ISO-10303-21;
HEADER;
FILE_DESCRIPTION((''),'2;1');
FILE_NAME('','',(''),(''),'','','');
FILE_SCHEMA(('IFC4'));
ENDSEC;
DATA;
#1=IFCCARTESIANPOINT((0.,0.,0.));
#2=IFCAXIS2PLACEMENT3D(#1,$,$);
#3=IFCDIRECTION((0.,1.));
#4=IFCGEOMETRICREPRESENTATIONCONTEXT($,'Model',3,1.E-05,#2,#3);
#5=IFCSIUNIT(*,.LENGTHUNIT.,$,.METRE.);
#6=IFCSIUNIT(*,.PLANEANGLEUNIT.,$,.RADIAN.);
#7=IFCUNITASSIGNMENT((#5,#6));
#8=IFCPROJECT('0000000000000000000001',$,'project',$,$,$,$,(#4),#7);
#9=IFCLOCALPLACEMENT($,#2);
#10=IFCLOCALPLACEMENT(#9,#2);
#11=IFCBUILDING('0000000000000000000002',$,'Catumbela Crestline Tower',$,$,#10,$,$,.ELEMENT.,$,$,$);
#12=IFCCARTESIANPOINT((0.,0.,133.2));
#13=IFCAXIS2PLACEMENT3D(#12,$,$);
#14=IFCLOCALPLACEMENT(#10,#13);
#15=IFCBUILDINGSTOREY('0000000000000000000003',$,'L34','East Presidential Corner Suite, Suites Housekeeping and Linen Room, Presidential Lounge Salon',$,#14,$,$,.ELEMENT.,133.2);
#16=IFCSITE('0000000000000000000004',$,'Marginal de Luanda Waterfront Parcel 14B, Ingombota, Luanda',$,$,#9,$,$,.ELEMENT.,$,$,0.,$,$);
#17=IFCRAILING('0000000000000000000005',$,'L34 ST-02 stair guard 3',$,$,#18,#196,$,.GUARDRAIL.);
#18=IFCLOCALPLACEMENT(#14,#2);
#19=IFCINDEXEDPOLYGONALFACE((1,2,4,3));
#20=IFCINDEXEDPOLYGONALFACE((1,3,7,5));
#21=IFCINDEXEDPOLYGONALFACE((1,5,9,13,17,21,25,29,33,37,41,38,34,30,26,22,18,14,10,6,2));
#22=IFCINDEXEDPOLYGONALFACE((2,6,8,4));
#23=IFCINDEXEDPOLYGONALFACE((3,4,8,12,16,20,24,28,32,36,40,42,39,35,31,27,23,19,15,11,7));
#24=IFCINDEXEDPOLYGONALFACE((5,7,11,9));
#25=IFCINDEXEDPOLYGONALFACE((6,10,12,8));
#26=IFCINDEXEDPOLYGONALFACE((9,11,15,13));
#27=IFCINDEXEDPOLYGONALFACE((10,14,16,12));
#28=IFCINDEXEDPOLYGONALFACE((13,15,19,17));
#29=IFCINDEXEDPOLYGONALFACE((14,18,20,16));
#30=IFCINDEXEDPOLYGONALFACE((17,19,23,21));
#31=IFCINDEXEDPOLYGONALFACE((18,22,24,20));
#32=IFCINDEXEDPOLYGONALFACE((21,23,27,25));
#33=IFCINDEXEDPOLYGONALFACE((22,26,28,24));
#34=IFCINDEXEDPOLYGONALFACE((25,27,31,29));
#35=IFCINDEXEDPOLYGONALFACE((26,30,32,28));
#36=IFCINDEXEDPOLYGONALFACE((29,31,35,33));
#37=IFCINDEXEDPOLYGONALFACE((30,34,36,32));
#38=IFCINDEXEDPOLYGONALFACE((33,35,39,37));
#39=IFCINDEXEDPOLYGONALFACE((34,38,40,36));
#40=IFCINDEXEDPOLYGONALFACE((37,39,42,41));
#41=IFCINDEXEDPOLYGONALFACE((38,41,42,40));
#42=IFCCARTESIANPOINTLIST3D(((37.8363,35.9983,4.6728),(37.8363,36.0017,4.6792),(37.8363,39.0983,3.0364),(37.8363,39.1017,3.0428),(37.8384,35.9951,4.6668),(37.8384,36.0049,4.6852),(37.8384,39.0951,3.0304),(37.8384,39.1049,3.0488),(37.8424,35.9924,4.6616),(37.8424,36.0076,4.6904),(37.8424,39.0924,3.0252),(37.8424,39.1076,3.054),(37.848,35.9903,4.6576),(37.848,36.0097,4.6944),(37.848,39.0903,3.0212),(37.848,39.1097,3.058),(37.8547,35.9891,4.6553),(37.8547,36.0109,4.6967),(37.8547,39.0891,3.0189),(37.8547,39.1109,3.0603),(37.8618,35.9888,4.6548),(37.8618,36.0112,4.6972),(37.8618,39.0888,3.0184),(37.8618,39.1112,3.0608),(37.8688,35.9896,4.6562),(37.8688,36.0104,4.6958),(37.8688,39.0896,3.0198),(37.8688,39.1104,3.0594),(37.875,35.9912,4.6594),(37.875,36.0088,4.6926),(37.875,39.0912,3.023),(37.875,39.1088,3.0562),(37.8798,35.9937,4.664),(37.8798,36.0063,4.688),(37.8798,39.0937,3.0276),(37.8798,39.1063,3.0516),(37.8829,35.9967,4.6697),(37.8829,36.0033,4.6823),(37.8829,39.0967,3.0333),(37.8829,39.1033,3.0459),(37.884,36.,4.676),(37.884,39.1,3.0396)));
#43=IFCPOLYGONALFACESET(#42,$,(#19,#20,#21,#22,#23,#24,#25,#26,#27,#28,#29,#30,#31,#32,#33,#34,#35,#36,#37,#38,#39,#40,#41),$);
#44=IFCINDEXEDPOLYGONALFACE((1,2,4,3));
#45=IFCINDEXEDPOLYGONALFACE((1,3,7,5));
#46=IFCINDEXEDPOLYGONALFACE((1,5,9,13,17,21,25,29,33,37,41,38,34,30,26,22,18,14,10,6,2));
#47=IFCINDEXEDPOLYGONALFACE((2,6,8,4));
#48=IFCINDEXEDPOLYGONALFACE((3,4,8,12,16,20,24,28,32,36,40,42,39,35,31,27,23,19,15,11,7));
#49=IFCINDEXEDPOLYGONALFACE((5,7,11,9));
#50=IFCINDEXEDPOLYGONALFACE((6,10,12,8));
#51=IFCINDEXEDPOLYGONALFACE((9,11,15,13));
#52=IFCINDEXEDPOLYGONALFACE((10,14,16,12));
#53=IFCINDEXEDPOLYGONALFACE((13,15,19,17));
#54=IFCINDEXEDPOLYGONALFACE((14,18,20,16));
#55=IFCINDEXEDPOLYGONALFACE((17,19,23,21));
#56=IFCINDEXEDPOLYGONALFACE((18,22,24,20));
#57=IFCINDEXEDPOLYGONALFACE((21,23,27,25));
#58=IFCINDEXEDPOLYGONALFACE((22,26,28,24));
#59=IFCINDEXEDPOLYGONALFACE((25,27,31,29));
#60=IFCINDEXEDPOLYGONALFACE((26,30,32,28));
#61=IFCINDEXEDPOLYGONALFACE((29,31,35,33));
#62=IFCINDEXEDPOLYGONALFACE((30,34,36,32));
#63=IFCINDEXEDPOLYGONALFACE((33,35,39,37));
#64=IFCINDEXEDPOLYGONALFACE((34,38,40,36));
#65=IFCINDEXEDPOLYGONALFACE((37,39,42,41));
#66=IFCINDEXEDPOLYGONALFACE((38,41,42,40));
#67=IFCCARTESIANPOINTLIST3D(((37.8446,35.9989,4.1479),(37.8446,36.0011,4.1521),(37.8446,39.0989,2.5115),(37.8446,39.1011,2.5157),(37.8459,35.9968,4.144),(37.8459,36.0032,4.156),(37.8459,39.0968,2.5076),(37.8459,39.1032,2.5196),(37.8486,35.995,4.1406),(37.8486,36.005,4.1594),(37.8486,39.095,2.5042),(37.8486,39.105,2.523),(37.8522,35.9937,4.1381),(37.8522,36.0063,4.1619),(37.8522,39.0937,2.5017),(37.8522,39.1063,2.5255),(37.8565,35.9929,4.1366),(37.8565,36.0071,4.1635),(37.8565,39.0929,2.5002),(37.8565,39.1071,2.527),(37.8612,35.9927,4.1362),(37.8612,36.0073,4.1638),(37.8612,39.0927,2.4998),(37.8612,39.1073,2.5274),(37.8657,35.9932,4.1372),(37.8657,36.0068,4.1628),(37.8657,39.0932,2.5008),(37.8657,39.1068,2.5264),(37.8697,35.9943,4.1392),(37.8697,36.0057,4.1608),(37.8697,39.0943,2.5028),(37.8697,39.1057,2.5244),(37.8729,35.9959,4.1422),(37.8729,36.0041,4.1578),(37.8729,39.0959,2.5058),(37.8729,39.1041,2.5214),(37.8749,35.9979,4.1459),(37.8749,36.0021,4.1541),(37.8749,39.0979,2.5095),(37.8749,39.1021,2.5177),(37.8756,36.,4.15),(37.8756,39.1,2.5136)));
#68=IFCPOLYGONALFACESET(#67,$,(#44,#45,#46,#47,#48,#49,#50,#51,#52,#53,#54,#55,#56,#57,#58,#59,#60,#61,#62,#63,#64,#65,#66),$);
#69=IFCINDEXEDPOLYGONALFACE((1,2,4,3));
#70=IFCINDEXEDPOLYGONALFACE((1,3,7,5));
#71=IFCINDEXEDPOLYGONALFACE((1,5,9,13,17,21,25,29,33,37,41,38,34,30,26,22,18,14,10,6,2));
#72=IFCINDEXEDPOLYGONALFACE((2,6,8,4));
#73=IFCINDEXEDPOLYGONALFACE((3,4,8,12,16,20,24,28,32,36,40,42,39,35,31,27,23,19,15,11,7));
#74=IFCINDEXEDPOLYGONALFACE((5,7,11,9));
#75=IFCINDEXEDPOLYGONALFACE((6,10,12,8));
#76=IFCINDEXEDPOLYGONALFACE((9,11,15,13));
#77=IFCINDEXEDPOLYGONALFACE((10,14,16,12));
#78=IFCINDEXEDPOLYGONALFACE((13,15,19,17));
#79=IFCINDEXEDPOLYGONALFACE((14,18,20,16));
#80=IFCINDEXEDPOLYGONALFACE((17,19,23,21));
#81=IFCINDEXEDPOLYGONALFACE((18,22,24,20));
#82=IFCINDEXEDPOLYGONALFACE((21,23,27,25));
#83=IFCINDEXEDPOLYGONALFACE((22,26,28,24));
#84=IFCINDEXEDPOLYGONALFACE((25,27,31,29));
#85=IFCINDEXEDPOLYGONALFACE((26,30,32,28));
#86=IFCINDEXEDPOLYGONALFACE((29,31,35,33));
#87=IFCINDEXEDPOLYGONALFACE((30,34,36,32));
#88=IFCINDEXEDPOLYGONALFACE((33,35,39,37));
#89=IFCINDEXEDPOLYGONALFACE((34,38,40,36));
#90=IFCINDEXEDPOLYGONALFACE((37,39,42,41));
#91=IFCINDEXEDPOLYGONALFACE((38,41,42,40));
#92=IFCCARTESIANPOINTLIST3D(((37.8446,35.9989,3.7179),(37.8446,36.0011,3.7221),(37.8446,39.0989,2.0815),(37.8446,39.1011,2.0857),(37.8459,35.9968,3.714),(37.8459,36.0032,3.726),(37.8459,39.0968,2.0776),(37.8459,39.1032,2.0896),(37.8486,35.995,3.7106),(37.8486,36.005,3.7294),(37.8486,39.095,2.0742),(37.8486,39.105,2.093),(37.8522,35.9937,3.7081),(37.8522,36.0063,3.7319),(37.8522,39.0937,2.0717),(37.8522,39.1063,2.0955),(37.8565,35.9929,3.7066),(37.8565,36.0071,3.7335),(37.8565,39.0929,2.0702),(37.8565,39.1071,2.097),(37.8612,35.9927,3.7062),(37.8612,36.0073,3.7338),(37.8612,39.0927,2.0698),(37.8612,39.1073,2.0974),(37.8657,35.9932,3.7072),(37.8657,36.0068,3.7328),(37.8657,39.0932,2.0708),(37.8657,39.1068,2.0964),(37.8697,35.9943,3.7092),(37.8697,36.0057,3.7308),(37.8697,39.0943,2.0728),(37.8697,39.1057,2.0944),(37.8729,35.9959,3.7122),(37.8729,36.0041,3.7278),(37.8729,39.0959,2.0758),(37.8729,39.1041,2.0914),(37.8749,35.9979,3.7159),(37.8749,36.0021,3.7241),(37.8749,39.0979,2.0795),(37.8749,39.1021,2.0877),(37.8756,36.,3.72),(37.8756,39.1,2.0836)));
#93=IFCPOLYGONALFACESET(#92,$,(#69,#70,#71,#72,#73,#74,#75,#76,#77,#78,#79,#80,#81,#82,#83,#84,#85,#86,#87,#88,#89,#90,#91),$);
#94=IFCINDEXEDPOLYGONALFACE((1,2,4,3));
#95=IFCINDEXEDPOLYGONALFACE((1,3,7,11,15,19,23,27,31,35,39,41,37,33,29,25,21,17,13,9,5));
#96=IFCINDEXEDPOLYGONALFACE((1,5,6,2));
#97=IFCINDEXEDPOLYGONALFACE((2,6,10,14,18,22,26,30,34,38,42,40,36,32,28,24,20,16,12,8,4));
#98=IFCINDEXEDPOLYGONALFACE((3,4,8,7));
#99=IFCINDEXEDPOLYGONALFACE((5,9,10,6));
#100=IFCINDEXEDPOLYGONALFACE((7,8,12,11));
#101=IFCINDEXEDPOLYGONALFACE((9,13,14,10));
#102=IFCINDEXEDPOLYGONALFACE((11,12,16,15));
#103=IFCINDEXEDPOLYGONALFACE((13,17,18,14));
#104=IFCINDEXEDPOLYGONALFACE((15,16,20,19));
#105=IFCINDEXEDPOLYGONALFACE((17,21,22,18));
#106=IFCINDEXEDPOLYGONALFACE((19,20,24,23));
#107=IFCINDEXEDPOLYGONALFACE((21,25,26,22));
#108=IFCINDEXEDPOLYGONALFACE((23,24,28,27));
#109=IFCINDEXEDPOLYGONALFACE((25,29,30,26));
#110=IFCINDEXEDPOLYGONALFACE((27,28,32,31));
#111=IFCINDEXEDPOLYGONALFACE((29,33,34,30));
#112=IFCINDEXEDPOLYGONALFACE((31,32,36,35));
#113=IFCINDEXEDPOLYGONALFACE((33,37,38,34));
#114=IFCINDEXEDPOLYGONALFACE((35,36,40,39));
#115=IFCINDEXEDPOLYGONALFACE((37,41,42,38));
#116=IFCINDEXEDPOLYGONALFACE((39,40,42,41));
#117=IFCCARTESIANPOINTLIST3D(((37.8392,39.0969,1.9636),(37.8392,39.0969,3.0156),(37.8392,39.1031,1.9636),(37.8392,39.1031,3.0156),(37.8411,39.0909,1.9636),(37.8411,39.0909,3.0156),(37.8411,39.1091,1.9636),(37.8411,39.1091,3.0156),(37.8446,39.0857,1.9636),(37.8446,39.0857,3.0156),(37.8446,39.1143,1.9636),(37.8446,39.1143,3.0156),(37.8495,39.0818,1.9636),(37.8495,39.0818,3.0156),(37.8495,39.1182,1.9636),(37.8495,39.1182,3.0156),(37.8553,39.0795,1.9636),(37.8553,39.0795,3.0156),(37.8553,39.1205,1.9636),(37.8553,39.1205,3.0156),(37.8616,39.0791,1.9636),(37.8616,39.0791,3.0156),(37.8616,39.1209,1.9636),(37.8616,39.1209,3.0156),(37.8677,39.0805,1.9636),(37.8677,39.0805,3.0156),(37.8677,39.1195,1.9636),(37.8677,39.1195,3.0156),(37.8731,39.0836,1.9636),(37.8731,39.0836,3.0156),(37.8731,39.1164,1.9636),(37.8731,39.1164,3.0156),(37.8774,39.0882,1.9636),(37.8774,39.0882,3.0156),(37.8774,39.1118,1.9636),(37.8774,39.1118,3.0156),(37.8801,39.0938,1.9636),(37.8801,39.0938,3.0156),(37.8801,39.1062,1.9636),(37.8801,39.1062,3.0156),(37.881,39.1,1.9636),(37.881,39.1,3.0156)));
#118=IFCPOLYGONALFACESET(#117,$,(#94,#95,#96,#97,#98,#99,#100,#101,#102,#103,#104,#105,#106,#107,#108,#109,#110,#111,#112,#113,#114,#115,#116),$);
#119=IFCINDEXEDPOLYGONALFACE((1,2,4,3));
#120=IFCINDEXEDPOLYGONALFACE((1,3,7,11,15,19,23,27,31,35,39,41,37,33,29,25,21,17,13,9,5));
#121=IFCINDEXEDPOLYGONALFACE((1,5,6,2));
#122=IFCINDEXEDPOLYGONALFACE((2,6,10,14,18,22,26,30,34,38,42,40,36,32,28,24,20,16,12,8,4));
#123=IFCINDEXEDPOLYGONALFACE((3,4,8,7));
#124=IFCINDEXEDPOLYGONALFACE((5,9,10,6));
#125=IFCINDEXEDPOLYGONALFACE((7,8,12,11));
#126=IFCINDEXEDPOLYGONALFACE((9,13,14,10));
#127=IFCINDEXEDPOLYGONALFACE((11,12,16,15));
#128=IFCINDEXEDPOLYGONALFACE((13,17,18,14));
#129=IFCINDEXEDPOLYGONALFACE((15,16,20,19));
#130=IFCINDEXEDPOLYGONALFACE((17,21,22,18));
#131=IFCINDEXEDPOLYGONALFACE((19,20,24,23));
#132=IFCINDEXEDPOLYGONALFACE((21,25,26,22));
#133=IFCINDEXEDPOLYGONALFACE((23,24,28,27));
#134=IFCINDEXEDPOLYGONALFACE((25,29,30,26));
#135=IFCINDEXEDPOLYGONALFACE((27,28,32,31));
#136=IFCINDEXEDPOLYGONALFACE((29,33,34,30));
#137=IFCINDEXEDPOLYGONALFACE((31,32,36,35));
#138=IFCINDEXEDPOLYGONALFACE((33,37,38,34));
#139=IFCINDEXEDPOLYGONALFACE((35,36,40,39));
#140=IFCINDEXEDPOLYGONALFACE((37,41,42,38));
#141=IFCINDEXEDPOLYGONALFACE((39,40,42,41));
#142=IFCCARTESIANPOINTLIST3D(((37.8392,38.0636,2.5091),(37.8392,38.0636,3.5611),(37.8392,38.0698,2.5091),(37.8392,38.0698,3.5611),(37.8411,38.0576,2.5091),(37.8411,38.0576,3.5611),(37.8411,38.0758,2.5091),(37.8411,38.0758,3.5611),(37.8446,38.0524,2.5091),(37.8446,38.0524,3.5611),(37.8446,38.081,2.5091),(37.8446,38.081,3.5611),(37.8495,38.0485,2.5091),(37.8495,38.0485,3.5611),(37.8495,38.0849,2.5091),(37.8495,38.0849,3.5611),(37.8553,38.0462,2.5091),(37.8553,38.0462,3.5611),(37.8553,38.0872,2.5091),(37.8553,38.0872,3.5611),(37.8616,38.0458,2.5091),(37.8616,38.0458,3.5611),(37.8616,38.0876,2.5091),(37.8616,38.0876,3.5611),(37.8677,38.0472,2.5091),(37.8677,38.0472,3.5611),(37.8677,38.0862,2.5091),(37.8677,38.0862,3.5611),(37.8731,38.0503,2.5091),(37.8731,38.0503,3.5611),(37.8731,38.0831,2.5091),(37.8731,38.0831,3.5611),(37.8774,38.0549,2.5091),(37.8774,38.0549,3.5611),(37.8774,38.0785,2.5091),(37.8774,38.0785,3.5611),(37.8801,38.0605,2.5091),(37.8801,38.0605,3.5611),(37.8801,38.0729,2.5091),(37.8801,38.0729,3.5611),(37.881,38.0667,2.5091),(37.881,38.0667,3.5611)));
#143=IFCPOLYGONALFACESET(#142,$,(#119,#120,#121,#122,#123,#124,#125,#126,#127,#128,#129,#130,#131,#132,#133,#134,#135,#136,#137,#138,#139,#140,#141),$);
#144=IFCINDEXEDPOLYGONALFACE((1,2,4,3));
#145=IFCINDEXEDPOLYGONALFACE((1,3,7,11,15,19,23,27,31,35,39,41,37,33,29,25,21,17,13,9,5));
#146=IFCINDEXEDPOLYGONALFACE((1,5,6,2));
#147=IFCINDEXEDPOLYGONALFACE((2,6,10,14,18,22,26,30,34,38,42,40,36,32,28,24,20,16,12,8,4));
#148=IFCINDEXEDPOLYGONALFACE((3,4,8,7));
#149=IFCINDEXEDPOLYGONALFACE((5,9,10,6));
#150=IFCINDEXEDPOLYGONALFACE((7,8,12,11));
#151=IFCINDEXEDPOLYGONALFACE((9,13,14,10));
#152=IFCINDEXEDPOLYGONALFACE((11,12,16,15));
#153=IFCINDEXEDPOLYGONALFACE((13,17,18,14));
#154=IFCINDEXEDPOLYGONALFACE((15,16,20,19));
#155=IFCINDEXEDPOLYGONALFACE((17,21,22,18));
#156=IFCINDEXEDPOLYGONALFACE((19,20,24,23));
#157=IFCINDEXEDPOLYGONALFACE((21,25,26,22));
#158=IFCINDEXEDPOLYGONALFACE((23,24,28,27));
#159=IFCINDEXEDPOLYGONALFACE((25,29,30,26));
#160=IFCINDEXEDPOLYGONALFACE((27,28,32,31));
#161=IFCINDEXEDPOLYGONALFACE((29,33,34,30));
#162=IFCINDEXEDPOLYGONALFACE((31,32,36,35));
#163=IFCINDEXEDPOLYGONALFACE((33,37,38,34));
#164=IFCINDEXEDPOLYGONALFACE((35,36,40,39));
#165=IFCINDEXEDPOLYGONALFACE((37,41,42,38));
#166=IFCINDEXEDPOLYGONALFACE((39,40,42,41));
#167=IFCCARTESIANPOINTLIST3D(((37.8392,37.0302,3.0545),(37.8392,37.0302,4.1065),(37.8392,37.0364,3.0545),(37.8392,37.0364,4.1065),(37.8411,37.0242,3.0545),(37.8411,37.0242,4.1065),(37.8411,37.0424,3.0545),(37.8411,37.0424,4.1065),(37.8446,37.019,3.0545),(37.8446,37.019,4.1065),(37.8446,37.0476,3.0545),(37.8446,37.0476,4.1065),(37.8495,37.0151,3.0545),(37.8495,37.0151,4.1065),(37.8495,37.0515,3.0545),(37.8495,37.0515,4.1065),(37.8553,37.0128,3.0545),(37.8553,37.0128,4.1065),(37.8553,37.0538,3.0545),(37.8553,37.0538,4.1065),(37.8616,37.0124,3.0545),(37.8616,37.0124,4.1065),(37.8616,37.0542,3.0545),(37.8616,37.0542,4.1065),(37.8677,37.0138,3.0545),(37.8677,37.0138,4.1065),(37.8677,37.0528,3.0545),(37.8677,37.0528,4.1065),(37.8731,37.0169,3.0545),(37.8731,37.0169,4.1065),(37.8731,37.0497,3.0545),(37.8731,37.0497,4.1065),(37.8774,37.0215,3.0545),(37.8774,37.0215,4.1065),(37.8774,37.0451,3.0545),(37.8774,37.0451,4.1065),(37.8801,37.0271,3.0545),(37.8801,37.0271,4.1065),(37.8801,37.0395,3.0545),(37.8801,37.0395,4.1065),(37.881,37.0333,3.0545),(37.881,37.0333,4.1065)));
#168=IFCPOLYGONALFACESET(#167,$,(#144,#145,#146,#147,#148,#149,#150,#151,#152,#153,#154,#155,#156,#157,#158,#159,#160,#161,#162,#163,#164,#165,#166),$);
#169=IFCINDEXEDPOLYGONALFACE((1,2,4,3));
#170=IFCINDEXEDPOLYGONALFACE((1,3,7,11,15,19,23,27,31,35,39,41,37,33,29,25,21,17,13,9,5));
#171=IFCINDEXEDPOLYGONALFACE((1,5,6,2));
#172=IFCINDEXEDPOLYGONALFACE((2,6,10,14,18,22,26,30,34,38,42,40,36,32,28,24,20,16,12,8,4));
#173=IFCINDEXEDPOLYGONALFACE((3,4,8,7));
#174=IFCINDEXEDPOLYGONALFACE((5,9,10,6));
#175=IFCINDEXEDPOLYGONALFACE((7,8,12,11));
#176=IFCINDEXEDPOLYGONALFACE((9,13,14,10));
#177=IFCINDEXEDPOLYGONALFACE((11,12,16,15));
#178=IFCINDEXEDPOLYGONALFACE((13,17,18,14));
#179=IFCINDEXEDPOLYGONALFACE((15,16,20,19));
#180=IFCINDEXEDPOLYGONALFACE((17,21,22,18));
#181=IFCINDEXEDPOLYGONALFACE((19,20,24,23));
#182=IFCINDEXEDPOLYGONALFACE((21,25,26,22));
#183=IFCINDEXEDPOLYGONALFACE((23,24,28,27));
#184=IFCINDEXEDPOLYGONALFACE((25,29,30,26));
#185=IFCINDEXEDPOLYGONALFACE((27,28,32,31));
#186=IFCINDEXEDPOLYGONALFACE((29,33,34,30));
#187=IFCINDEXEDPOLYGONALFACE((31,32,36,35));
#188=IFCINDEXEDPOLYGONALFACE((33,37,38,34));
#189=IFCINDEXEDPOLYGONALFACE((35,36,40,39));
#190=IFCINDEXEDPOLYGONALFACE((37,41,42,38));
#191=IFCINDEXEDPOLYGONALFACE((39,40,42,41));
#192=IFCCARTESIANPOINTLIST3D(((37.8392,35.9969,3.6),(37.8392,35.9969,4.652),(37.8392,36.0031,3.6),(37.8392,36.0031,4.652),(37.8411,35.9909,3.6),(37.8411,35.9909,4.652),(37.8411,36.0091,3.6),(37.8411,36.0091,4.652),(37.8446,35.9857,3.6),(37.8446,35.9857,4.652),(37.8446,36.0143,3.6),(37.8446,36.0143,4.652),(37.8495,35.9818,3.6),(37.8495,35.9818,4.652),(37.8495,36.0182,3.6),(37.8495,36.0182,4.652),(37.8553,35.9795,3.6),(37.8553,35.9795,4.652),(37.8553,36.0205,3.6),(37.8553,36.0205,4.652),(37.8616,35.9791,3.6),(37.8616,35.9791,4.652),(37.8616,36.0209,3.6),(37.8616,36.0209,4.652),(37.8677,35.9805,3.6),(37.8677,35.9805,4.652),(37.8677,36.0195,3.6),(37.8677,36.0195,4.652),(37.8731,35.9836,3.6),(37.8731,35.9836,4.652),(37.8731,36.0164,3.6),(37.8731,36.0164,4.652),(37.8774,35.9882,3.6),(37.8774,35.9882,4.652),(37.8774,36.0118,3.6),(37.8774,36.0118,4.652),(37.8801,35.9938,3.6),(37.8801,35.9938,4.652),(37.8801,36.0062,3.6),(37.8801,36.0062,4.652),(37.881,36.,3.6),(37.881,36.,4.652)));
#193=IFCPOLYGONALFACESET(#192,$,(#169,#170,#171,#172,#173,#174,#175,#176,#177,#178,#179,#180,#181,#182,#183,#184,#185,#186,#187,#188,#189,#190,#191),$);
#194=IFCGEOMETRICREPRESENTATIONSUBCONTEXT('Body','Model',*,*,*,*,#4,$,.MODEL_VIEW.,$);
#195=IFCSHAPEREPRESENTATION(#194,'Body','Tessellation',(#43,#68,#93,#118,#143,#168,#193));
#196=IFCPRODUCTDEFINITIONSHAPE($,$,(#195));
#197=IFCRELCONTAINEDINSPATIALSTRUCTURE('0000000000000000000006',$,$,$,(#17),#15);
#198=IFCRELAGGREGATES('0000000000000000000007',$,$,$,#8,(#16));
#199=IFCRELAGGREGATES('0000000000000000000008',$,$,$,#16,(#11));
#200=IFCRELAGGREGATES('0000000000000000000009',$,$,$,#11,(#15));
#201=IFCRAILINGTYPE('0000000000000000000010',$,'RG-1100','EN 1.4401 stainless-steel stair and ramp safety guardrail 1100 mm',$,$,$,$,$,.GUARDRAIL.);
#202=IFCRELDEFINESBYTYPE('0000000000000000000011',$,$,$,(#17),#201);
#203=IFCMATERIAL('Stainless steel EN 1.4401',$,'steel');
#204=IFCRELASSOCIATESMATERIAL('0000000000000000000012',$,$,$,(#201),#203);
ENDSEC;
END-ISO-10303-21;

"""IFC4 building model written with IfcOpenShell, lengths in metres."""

from ifc_helpers import new_model, si_unit, direction, frame, origin, origin_2d, place, context, subcontext, project, spatial, circle, extrude, material, type_object, element, save


model = new_model("IFC4")

# Units and contexts
model_context = context("Model", 3, precision=1e-05, world=origin(), true_north=direction((0.0, 1.0)))
body_context = subcontext(model_context, "Body", "Model", "MODEL_VIEW")
ifc_project = project(units=[si_unit("LENGTHUNIT", "METRE"), si_unit("PLANEANGLEUNIT", "RADIAN")], contexts=[model_context])

# Site, building, storey
site_placement = place(None, origin())
site = spatial("IfcSite", under=ifc_project, at=site_placement, Name="Marginal de Luanda Waterfront Parcel 14B, Ingombota, Luanda", CompositionType="ELEMENT", RefElevation=0.0)
building_placement = place(site_placement, origin())
building = spatial("IfcBuilding", under=site, at=building_placement, Name="Catumbela Crestline Tower", CompositionType="ELEMENT")
storey_placement = place(building_placement, frame((0.0, 0.0, 133.2)))
storey = spatial("IfcBuildingStorey", under=building, at=storey_placement, Name="L34", Description="East Presidential Corner Suite, Suites Housekeeping and Linen Room, Presidential Lounge Salon", CompositionType="ELEMENT", Elevation=133.2)

# Shared definitions
ifc_material_1 = material(Name="Stainless steel EN 1.4401", Category="steel")

# Railing
railing_type_1 = type_object("IfcRailingType", Name="RG-1100", Description="EN 1.4401 stainless-steel stair and ramp safety guardrail 1100 mm", PredefinedType="GUARDRAIL", material=ifc_material_1)
railing_1_placement = place(storey_placement, frame((37.86, 39.1, 1.9636)))
element("IfcRailing", 1, at=railing_1_placement, inside=storey, type_object=railing_type_1, Name="L34 ST-02 stair guard 3", PredefinedType="GUARDRAIL", context=body_context, shape_type="SweptSolid", body=[
    extrude(circle(Radius=0.024, at=origin_2d()), frame((0.0, 0.0, 1.076), z_axis=(0.0, -0.884351, 0.466823), x_axis=(1.0, 0.0, 0.0)), (0.0, 0.0, 1.0), 3.5054),
    extrude(circle(Radius=0.0156, at=origin_2d()), frame((0.0, 0.0, 0.55), z_axis=(0.0, -0.884351, 0.466823), x_axis=(1.0, 0.0, 0.0)), (0.0, 0.0, 1.0), 3.5054),
    extrude(circle(Radius=0.0156, at=origin_2d()), frame((0.0, 0.0, 0.12), z_axis=(0.0, -0.884351, 0.466823), x_axis=(1.0, 0.0, 0.0)), (0.0, 0.0, 1.0), 3.5054),
    extrude(circle(Radius=0.021, at=origin_2d()), origin(), (0.0, 0.0, 1.0), 1.052),
    extrude(circle(Radius=0.021, at=origin_2d()), frame((0.0, -1.0333, 0.5455)), (0.0, 0.0, 1.0), 1.052),
    extrude(circle(Radius=0.021, at=origin_2d()), frame((0.0, -2.0667, 1.0909)), (0.0, 0.0, 1.0), 1.052),
    extrude(circle(Radius=0.021, at=origin_2d()), frame((0.0, -3.1, 1.6364)), (0.0, 0.0, 1.0), 1.052),
])

save(model, "model.ifc")
